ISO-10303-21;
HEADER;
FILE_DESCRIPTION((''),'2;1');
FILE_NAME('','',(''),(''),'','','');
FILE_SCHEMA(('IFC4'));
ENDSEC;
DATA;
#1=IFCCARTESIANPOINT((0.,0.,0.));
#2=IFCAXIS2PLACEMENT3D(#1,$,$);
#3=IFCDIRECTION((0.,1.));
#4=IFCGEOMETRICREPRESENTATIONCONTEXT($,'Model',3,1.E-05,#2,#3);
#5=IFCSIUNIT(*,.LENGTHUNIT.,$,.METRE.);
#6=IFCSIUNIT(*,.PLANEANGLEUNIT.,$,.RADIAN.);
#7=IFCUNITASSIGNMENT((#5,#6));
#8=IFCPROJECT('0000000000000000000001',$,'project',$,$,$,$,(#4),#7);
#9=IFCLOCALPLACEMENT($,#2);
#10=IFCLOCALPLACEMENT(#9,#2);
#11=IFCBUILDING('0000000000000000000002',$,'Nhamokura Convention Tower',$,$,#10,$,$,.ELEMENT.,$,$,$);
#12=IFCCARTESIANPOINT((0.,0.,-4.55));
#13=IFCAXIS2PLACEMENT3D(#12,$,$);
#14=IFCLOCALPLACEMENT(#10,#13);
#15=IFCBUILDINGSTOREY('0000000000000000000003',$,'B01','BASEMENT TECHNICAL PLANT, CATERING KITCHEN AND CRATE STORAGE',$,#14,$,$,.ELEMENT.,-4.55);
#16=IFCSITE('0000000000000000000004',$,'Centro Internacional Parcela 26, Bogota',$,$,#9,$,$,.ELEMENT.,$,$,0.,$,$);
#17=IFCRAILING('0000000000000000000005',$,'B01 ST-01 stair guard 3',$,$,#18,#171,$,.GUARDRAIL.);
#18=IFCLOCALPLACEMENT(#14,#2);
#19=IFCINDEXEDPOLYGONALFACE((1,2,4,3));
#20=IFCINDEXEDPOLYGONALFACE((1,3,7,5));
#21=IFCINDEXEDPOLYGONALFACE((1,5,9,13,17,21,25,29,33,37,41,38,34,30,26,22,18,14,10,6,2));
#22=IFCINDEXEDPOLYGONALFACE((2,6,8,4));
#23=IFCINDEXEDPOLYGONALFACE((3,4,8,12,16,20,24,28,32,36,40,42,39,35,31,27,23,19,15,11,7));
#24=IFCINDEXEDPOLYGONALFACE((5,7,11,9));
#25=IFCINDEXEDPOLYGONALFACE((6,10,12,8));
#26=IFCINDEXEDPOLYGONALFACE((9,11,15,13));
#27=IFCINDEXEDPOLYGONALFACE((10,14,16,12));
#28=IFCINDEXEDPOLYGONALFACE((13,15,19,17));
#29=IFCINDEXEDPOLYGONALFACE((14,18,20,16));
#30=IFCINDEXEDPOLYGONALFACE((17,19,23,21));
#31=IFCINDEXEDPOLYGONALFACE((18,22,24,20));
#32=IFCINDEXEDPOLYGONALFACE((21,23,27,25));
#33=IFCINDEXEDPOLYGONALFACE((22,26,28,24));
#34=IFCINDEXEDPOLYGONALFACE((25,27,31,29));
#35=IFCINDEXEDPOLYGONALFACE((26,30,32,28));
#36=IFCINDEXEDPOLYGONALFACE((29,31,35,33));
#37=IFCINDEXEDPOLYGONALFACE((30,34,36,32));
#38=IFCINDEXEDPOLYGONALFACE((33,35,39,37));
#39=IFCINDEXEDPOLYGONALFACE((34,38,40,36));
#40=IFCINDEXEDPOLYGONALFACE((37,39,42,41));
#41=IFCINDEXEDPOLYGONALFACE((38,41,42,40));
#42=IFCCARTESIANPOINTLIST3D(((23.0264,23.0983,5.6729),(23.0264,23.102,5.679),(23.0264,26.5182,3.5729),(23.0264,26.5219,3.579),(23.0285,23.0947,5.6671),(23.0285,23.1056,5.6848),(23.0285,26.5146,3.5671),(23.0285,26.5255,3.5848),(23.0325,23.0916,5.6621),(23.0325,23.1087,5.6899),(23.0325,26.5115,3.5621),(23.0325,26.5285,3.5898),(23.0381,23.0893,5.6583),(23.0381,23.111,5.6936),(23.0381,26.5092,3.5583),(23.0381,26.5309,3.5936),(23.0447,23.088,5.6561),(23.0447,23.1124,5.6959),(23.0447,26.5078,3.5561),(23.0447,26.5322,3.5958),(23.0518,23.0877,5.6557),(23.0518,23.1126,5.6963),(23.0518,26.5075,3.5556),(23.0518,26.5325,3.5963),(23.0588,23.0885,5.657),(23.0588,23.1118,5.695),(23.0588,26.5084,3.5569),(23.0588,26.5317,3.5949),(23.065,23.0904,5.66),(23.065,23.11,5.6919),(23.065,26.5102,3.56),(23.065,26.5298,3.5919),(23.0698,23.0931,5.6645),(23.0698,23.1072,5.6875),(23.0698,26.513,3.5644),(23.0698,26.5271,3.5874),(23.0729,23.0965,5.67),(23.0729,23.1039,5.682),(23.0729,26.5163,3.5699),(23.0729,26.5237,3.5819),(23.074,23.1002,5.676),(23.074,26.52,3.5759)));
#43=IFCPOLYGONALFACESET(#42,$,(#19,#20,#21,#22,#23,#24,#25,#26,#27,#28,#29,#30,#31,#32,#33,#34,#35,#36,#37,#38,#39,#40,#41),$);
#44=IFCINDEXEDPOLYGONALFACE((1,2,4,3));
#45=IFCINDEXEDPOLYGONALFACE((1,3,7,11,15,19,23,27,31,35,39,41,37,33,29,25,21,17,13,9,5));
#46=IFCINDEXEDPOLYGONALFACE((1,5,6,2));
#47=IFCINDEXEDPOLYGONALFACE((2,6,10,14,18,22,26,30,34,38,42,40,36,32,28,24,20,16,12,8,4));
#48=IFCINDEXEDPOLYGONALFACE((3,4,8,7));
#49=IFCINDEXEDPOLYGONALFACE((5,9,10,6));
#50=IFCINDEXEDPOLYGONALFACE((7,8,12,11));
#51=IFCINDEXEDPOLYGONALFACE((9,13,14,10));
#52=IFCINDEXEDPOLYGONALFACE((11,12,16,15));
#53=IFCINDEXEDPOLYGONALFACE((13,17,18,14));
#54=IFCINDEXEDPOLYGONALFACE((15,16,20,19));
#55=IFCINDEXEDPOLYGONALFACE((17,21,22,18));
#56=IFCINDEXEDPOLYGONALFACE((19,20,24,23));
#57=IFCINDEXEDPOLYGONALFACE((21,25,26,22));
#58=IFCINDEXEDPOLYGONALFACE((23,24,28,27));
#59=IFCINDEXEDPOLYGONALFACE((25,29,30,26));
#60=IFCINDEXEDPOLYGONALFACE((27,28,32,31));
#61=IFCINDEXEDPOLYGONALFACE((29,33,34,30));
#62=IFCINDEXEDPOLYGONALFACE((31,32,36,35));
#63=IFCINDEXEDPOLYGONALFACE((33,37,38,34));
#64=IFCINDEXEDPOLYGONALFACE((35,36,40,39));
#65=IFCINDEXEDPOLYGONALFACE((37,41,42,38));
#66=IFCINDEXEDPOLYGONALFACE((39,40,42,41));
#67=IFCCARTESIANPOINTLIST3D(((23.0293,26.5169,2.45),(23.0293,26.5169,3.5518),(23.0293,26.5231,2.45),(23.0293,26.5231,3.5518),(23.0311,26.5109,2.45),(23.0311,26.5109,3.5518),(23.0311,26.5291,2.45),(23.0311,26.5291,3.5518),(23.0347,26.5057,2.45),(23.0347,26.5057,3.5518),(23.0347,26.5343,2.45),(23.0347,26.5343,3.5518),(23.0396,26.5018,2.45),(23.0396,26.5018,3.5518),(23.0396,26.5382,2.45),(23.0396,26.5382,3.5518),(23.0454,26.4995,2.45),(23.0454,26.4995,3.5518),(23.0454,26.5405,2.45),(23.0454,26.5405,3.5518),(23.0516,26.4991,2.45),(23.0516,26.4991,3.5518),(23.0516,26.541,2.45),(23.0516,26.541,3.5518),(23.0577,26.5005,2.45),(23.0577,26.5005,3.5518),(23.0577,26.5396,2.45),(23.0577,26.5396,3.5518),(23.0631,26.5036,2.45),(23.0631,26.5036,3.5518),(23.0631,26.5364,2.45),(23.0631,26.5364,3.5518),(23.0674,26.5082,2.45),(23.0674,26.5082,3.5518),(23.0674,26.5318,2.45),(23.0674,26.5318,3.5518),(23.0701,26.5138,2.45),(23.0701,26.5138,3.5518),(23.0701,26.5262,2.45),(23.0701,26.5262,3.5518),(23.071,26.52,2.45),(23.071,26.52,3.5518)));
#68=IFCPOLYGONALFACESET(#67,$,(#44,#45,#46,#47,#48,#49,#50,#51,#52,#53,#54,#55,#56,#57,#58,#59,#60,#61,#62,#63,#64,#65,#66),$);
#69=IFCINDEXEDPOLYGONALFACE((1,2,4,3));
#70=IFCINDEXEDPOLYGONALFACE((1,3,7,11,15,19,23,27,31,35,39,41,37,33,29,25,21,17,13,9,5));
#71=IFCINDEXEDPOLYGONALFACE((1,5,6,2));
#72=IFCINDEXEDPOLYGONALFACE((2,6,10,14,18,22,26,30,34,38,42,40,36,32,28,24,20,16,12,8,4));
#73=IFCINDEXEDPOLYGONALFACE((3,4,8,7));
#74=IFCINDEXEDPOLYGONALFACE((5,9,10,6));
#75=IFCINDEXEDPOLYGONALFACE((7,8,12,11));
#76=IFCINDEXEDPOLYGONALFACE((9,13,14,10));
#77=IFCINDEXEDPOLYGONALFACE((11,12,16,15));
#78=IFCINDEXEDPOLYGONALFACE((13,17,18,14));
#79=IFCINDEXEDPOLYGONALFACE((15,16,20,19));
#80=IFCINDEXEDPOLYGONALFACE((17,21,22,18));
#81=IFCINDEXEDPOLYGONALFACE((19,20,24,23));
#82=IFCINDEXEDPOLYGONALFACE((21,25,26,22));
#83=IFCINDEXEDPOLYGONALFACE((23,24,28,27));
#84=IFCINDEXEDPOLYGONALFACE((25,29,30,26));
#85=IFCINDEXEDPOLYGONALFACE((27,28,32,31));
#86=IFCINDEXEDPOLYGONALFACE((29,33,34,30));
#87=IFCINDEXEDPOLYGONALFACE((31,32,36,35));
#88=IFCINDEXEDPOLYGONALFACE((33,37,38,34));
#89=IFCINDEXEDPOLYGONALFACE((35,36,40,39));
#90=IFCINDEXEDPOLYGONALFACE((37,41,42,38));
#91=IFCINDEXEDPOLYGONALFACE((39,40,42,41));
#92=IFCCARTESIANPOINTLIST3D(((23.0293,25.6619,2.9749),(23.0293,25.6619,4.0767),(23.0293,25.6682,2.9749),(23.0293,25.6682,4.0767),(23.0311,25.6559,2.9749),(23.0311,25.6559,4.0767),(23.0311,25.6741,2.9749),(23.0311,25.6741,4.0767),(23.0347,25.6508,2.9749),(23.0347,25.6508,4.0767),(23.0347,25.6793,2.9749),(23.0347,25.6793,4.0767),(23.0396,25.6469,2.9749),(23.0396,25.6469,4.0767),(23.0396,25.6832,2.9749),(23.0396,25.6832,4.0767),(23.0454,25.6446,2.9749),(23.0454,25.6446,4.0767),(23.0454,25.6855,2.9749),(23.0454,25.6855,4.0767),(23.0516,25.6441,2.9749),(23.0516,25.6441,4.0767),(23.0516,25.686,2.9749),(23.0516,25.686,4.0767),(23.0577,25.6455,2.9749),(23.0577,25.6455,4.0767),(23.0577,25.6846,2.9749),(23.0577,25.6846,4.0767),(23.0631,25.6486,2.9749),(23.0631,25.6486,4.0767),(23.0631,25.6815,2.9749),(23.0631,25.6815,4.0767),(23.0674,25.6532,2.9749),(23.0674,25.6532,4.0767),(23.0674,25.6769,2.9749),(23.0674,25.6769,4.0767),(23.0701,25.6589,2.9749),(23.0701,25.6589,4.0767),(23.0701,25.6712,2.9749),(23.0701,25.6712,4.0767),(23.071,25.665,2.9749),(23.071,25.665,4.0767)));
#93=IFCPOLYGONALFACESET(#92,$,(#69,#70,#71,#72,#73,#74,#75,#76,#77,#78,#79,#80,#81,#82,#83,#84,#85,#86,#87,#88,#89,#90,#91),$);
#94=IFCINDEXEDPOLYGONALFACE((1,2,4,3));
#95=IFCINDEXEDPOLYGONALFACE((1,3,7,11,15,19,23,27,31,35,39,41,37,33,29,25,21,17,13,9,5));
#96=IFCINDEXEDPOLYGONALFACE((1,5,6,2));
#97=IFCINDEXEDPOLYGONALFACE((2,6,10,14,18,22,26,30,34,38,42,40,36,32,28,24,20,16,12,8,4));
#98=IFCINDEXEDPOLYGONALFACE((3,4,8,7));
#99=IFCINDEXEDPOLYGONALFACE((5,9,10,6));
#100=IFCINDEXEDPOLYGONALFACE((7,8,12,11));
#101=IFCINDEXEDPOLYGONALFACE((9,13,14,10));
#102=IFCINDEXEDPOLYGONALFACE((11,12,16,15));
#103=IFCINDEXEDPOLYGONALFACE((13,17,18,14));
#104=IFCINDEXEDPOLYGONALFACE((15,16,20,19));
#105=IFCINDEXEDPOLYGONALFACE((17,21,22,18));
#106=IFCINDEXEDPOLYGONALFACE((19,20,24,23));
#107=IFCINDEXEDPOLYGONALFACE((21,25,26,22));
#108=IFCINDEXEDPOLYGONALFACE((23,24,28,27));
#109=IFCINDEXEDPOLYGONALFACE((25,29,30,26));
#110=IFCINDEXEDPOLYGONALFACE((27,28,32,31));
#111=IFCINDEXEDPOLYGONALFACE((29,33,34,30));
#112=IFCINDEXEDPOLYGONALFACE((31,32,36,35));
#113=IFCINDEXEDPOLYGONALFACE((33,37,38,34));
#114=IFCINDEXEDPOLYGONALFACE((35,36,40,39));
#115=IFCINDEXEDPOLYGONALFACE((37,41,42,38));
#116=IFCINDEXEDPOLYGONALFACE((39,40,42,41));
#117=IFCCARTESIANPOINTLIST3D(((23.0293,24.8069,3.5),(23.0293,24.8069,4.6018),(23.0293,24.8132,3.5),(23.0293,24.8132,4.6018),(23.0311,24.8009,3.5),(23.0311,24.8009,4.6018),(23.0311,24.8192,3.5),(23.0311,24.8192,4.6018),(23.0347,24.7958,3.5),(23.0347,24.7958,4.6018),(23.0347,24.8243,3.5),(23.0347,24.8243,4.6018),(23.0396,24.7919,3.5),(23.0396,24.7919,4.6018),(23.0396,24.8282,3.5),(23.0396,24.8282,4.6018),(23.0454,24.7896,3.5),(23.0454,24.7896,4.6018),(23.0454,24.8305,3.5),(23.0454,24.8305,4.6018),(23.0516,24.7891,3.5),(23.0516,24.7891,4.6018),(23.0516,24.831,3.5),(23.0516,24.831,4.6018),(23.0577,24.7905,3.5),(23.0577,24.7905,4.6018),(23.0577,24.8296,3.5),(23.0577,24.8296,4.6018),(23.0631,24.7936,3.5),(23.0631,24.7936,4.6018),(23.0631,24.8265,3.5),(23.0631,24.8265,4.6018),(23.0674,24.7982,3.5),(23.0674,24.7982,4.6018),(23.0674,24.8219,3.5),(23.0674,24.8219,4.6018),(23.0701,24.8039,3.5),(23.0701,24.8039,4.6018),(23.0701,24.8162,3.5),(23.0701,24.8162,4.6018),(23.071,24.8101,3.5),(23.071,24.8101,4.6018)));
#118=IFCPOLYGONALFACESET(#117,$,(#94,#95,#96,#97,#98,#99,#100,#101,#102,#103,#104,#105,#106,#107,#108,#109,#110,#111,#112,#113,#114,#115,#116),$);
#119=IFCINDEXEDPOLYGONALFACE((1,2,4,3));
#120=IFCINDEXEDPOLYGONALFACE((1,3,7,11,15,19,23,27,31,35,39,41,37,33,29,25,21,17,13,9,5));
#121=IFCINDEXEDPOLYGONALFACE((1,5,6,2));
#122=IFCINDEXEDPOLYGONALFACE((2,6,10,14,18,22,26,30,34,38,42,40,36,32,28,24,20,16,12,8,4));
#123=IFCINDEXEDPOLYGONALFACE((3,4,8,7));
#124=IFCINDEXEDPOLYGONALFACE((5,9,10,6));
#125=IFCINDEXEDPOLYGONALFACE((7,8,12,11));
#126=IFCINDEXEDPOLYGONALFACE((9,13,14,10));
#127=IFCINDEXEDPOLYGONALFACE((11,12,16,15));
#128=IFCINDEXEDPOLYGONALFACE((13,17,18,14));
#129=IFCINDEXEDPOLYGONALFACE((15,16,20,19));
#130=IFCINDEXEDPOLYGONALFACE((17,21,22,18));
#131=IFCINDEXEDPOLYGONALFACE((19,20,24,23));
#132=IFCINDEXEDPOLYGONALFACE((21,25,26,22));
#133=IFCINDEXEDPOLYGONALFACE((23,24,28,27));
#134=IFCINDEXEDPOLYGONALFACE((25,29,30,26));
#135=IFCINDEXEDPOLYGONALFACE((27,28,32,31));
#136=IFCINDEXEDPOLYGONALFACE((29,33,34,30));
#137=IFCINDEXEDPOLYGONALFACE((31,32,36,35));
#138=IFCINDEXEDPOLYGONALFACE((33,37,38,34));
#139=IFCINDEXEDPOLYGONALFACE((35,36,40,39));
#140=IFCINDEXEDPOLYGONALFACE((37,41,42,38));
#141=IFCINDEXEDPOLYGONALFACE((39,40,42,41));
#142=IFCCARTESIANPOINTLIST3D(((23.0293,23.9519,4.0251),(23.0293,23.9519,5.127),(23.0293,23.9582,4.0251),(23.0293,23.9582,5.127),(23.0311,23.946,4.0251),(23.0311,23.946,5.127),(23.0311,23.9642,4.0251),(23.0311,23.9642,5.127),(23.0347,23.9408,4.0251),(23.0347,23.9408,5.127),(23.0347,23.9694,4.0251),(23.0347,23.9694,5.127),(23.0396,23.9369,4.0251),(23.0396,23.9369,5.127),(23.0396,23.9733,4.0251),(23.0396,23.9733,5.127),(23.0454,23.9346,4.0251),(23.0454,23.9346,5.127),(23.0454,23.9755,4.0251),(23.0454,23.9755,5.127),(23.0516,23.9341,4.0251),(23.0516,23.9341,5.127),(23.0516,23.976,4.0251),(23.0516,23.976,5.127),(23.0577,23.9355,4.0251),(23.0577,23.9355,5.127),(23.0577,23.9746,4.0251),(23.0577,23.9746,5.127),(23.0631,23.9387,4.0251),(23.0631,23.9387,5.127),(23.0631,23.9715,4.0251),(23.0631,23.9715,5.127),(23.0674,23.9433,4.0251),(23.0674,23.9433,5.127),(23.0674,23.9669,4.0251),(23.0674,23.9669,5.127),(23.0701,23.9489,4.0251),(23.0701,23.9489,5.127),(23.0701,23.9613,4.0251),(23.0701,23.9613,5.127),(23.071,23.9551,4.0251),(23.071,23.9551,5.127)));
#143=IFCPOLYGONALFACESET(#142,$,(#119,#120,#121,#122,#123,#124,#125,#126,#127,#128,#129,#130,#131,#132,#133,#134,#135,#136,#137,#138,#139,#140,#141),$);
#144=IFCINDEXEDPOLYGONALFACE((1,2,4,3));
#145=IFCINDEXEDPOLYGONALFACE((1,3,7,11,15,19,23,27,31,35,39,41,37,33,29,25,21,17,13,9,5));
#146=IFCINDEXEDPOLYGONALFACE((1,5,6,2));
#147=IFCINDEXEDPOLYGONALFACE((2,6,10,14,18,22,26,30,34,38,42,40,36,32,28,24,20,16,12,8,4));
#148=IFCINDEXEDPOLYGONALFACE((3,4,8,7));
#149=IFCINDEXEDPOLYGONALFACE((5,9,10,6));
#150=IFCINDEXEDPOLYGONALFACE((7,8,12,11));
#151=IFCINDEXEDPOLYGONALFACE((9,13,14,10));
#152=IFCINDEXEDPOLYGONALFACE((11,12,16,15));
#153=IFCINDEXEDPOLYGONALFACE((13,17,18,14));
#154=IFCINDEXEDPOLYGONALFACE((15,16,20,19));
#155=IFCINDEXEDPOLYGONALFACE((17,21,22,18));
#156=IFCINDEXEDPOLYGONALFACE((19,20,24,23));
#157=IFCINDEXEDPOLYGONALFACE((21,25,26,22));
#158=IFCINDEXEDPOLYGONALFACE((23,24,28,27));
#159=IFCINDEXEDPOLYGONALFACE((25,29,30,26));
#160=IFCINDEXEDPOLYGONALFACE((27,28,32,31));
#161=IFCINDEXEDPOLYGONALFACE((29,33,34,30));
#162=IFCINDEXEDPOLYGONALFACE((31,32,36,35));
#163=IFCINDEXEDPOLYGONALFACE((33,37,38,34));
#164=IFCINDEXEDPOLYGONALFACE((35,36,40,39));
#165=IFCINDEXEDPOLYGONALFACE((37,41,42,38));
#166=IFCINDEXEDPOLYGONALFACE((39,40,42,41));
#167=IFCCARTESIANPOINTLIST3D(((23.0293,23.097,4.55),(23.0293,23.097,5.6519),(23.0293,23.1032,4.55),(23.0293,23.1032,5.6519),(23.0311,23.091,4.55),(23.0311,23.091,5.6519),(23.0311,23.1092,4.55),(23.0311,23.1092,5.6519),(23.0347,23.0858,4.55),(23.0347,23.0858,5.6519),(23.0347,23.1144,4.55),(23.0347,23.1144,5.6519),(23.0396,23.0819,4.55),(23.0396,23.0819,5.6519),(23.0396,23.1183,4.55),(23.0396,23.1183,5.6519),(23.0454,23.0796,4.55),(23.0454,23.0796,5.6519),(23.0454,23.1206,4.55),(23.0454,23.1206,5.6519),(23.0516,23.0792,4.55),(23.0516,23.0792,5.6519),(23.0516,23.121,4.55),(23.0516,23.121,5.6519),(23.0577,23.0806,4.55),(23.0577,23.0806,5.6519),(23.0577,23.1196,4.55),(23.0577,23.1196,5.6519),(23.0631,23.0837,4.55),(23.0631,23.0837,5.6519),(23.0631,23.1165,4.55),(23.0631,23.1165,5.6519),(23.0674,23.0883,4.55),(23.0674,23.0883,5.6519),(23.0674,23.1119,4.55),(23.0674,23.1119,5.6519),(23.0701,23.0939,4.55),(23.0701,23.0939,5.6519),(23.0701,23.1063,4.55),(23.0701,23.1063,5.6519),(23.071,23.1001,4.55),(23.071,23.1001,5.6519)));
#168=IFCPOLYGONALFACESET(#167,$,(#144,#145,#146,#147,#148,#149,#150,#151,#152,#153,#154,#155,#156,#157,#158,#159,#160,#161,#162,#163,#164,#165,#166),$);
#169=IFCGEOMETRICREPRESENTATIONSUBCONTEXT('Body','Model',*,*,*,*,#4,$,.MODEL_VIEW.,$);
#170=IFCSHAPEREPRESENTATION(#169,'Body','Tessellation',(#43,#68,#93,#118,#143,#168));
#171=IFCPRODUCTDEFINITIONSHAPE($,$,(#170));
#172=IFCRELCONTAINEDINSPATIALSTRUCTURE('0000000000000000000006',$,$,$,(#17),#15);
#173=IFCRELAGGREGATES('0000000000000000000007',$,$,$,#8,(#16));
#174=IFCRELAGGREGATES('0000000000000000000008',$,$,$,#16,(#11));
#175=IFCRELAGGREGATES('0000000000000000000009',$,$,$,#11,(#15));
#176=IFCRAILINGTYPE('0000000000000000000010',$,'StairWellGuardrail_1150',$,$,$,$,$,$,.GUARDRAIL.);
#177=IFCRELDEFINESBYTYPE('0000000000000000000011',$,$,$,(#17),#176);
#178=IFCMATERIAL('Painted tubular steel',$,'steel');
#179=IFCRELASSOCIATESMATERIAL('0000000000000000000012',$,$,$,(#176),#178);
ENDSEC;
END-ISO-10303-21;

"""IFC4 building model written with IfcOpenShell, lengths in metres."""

from ifc_helpers import new_model, si_unit, direction, frame, origin, origin_2d, place, context, subcontext, project, spatial, circle, extrude, material, type_object, element, save


model = new_model("IFC4")

# Units and contexts
model_context = context("Model", 3, precision=1e-05, world=origin(), true_north=direction((0.0, 1.0)))
body_context = subcontext(model_context, "Body", "Model", "MODEL_VIEW")
ifc_project = project(units=[si_unit("LENGTHUNIT", "METRE"), si_unit("PLANEANGLEUNIT", "RADIAN")], contexts=[model_context])

# Site, building, storey
site_placement = place(None, origin())
site = spatial("IfcSite", under=ifc_project, at=site_placement, Name="Centro Internacional Parcela 26, Bogota", CompositionType="ELEMENT", RefElevation=0.0)
building_placement = place(site_placement, origin())
building = spatial("IfcBuilding", under=site, at=building_placement, Name="Nhamokura Convention Tower", CompositionType="ELEMENT")
storey_placement = place(building_placement, frame((0.0, 0.0, -4.55)))
storey = spatial("IfcBuildingStorey", under=building, at=storey_placement, Name="B01", Description="BASEMENT TECHNICAL PLANT, CATERING KITCHEN AND CRATE STORAGE", CompositionType="ELEMENT", Elevation=-4.55)

# Railing
ifc_material_1 = material(Name="Painted tubular steel", Category="steel")
railing_type_1 = type_object("IfcRailingType", Name="StairWellGuardrail_1150", PredefinedType="GUARDRAIL", material=ifc_material_1)
railing_1_placement = place(storey_placement, frame((23.05, 26.52, 2.45)))
element("IfcRailing", 1, at=railing_1_placement, inside=storey, type_object=railing_type_1, Name="B01 ST-01 stair guard 3", PredefinedType="GUARDRAIL", context=body_context, shape_type="SweptSolid", body=[
    extrude(circle(Radius=0.0239, at=origin_2d()), frame((0.0, 0.0, 1.126), z_axis=(0.0, -0.852155, 0.523289), x_axis=(1.0, 0.0, 0.0)), (0.0, 0.0, 1.0), 4.0132),
    extrude(circle(Radius=0.021, at=origin_2d()), origin(), (0.0, 0.0, 1.0), 1.1018),
    extrude(circle(Radius=0.021, at=origin_2d()), frame((0.0, -0.855, 0.5249)), (0.0, 0.0, 1.0), 1.1018),
    extrude(circle(Radius=0.021, at=origin_2d()), frame((0.0, -1.71, 1.05)), (0.0, 0.0, 1.0), 1.1018),
    extrude(circle(Radius=0.021, at=origin_2d()), frame((0.0, -2.5649, 1.5752)), (0.0, 0.0, 1.0), 1.1018),
    extrude(circle(Radius=0.021, at=origin_2d()), frame((0.0, -3.4199, 2.1001)), (0.0, 0.0, 1.0), 1.1018),
])

save(model, "model.ifc")
